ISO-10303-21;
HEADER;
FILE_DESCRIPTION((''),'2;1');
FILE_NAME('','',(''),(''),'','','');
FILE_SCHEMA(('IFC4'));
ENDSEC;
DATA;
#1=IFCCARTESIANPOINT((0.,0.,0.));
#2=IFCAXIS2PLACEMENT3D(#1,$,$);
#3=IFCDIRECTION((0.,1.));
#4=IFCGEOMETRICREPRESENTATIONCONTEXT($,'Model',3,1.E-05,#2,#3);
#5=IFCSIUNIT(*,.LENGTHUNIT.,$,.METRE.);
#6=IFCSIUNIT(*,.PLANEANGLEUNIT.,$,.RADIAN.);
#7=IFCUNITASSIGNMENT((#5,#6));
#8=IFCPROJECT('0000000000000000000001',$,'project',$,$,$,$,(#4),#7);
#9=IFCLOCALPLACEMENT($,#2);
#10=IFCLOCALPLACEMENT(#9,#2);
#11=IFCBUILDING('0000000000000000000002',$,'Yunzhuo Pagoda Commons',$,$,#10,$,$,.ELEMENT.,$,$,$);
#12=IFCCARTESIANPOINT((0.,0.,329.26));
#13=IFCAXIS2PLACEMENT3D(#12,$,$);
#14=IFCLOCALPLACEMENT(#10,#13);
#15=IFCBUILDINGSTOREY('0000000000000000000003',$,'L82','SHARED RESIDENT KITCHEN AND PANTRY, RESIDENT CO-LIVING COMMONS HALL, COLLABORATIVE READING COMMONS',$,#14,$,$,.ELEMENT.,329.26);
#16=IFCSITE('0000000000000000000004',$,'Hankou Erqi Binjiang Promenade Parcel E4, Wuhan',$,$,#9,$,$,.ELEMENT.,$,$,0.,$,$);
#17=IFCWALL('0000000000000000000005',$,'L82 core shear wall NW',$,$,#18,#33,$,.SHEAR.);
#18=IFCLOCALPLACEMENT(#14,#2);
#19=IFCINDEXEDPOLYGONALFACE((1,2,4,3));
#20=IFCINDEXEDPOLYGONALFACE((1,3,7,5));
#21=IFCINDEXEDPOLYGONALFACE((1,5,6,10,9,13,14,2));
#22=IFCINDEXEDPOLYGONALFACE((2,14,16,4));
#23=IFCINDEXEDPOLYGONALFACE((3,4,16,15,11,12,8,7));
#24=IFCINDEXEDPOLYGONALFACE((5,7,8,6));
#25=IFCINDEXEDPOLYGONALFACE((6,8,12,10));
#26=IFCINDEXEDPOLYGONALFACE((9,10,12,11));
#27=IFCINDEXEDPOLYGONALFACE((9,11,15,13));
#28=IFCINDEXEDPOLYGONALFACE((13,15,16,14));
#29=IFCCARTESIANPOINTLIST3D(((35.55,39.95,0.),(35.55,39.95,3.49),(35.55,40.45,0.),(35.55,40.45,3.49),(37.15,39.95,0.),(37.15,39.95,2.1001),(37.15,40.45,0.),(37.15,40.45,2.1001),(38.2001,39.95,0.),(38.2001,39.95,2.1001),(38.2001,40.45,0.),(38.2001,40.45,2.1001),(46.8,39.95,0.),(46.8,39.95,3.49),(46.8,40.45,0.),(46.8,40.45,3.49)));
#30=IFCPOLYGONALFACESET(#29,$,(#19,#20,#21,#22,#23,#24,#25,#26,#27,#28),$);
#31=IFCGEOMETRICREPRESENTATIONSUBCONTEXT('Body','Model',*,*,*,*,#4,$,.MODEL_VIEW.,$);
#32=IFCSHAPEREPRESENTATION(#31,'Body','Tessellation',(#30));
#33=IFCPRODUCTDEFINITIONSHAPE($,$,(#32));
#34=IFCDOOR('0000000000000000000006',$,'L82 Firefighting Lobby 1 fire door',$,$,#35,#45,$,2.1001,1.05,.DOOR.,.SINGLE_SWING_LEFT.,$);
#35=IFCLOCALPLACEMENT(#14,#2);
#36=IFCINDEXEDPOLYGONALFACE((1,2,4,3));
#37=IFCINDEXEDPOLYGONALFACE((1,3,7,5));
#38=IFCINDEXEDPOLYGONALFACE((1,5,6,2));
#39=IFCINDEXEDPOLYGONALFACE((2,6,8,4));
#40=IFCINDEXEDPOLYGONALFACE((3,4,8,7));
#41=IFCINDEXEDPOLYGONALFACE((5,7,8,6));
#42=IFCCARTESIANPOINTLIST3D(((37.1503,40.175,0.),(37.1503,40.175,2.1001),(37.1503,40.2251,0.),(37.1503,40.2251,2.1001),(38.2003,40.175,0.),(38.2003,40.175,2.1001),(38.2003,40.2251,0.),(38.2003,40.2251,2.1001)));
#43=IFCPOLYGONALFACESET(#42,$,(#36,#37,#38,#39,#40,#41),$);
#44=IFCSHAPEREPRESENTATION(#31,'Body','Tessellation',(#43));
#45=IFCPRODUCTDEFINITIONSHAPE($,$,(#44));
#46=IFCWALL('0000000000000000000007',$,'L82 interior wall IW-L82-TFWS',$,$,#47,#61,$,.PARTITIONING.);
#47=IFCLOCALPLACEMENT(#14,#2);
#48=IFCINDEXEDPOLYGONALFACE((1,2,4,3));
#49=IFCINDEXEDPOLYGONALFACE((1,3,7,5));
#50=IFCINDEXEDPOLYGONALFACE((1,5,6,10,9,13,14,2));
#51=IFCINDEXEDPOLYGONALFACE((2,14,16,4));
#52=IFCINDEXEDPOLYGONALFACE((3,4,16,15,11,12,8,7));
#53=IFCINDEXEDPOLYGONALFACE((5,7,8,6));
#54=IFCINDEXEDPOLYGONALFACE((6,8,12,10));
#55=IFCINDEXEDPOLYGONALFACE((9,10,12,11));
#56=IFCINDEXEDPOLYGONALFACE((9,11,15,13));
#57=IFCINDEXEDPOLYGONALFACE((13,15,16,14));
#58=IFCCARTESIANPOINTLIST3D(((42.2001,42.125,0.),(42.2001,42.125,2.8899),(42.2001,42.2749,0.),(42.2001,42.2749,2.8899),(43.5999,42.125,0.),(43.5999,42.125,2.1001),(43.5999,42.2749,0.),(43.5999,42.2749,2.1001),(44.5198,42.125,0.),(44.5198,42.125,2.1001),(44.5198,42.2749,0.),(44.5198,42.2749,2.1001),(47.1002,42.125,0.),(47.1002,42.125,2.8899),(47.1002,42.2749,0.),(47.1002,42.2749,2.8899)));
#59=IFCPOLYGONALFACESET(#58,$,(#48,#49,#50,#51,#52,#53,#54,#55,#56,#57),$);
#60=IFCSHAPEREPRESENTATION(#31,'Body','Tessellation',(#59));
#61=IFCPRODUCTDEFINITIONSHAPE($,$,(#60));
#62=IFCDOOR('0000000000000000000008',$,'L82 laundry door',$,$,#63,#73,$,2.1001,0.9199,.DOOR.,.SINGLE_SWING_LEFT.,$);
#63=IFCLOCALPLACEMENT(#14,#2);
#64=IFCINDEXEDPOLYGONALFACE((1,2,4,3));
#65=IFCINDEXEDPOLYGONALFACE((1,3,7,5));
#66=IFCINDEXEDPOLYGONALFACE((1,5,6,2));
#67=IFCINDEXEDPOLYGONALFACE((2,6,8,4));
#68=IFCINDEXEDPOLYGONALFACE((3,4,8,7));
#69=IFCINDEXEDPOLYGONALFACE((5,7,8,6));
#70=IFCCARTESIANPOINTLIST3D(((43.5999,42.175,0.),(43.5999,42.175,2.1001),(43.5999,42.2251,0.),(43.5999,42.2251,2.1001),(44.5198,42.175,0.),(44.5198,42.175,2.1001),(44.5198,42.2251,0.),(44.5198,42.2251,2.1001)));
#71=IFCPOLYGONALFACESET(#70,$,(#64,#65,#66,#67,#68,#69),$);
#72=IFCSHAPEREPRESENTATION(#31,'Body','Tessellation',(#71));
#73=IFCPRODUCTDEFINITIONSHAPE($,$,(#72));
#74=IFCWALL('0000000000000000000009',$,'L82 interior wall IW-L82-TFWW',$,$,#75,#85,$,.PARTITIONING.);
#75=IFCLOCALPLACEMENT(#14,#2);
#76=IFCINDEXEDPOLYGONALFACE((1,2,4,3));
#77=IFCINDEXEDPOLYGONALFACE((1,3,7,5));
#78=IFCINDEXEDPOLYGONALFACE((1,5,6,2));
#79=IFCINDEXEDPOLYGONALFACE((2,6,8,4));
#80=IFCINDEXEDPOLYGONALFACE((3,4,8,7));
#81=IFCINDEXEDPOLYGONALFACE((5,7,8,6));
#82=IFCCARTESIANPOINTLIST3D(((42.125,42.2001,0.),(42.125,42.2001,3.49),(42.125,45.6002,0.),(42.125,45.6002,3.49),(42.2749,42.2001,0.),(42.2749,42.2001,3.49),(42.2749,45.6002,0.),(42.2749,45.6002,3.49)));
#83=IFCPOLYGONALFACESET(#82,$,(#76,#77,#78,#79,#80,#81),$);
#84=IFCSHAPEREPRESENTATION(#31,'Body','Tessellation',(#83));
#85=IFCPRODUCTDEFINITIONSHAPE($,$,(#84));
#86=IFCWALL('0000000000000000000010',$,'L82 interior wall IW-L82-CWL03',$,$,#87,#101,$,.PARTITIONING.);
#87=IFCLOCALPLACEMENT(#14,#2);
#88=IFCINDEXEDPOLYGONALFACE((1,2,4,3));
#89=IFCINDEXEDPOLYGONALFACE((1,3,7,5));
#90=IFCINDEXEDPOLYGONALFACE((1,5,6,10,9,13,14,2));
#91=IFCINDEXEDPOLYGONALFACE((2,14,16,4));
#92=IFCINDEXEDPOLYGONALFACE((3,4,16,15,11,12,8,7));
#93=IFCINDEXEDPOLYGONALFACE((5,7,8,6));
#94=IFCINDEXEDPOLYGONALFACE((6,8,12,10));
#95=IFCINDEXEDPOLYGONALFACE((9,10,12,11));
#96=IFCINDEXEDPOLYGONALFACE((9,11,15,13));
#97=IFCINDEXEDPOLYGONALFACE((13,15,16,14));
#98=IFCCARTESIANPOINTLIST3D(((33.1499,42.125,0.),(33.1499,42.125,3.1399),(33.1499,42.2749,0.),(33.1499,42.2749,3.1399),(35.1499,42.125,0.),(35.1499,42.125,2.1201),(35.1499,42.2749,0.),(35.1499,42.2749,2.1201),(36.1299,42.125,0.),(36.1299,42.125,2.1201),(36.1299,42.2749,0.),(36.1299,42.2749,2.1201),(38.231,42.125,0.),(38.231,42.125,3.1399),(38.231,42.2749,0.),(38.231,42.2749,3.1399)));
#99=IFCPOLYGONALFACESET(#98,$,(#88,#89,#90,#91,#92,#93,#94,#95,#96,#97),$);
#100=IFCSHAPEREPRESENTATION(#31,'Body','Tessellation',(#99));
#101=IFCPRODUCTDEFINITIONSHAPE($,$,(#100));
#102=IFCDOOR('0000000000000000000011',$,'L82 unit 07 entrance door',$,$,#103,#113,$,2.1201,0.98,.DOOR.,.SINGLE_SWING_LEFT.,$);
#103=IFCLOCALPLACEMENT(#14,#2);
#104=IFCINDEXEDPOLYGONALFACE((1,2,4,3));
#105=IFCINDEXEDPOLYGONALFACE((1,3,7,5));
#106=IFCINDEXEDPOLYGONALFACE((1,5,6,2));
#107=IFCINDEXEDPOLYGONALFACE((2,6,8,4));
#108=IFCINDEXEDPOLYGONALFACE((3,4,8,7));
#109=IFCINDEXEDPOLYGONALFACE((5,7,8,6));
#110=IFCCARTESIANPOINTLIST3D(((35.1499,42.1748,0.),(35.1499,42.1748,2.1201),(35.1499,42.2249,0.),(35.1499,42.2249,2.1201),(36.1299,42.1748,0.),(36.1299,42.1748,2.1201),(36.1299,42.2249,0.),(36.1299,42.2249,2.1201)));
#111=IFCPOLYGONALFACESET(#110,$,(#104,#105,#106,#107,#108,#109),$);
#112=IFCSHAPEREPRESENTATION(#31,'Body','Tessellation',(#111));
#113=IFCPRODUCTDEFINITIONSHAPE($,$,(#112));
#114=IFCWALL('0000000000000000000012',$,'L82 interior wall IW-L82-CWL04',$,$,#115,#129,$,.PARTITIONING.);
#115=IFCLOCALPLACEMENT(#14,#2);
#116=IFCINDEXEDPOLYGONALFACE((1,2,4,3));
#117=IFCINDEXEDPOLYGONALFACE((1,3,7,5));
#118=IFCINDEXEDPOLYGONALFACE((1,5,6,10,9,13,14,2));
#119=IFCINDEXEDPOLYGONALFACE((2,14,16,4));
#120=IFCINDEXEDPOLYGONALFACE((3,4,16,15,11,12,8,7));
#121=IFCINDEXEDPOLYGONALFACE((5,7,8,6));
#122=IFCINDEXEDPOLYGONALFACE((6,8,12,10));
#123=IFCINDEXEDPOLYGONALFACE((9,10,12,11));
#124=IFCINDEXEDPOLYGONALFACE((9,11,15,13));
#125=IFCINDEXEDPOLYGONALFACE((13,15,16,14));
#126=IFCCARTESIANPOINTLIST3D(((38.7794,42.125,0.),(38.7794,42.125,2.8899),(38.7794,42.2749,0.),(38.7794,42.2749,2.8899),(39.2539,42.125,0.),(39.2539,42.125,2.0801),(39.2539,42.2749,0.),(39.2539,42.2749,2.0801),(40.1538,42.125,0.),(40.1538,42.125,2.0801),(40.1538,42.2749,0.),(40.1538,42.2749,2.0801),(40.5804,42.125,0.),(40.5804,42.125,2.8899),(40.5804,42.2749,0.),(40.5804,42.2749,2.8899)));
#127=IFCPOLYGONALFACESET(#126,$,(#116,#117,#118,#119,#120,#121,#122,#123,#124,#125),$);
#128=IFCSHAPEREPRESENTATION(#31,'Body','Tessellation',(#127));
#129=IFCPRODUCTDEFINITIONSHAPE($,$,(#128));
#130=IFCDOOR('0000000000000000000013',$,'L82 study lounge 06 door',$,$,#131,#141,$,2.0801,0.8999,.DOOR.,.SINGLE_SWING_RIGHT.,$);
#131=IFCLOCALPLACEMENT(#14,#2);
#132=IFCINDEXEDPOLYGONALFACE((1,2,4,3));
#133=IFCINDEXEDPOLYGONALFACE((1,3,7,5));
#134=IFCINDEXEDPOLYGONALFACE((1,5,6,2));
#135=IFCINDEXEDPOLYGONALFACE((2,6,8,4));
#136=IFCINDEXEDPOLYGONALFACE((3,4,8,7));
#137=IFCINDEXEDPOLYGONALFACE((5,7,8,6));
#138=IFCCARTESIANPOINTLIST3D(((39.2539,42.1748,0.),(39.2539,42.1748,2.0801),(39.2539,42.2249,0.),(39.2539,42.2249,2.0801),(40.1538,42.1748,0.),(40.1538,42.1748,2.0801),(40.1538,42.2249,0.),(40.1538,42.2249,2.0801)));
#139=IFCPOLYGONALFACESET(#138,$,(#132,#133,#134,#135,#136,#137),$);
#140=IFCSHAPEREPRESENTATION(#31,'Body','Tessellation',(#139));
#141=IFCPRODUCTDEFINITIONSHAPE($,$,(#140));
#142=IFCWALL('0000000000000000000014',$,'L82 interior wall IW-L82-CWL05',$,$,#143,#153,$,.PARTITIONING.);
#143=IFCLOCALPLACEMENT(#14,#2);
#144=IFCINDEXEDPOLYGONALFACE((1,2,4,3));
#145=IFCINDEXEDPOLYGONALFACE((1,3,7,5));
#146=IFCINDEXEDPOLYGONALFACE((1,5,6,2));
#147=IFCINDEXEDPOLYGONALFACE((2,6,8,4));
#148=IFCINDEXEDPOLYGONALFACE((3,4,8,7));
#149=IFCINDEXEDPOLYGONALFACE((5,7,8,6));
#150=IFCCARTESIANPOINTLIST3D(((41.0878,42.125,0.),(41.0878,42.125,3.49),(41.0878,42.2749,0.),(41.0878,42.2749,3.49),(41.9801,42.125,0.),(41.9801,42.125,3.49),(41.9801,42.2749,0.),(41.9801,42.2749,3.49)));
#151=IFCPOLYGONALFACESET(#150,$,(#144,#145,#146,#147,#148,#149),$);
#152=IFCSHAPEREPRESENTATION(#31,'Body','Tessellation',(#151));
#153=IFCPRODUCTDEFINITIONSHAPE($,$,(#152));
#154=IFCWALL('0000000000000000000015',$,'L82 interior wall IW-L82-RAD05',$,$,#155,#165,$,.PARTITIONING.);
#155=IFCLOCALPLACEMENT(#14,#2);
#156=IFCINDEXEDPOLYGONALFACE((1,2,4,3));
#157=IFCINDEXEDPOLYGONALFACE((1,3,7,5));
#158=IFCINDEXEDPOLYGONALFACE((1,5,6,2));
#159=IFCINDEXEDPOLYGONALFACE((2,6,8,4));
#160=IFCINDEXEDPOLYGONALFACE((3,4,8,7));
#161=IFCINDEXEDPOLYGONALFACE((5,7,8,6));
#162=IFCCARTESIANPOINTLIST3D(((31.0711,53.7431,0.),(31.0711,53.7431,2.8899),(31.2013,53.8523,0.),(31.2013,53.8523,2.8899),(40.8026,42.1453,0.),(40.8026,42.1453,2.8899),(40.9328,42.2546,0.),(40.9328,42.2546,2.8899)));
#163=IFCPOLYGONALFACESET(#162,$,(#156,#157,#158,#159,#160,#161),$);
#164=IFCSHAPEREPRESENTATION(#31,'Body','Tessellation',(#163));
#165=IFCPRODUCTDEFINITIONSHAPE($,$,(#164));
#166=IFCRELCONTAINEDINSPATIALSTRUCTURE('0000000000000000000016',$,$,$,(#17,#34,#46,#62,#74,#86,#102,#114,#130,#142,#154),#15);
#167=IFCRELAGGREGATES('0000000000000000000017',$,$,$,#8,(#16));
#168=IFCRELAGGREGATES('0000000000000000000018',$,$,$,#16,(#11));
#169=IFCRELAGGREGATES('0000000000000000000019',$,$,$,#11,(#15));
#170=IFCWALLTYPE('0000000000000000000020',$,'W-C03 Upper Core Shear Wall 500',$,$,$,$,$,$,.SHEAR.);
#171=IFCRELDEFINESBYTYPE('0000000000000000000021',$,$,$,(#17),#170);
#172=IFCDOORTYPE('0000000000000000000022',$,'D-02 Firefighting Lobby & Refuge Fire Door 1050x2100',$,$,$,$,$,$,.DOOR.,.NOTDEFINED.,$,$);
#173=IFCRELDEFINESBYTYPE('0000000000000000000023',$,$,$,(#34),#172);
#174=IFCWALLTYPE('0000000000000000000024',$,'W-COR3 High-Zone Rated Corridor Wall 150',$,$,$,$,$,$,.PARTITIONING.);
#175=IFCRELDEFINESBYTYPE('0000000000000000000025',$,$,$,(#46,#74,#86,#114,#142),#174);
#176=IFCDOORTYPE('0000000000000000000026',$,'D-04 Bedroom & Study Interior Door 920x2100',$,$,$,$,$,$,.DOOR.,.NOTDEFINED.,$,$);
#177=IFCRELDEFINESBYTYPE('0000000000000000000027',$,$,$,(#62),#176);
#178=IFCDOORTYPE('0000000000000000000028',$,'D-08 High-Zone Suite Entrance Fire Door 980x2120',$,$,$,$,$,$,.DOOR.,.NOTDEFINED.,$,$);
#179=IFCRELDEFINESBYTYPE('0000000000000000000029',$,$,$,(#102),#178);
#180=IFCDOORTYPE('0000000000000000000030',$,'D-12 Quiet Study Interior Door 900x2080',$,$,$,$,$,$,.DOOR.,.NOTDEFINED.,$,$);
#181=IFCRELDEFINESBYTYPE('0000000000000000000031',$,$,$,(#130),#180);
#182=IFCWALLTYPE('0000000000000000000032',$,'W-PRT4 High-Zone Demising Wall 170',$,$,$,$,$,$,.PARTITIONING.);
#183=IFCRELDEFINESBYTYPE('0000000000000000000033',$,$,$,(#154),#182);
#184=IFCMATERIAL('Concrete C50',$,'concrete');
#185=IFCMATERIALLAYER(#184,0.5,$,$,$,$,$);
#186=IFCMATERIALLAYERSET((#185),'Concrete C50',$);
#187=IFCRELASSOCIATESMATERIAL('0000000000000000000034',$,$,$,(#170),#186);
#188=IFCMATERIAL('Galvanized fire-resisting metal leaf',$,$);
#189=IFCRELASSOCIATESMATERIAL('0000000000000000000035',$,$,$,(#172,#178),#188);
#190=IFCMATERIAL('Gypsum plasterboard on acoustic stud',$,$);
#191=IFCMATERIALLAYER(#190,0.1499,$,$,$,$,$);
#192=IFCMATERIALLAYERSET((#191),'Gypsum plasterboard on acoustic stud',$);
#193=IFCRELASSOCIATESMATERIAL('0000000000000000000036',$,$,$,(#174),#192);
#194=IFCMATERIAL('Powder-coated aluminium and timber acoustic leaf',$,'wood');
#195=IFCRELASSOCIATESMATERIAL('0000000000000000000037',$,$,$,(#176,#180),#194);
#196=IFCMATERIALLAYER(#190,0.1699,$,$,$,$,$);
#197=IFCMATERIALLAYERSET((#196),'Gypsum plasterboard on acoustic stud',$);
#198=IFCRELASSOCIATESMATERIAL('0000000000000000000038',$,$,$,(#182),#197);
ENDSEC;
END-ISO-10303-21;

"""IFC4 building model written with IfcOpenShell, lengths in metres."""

from ifc_helpers import new_model, si_unit, direction, frame, frame_2d, origin, origin_with_axes, place, context, subcontext, project, spatial, rectangle, extrude, source, transform, mapped, material, layer, layer_set, type_object, element, fill, save


model = new_model("IFC4")

# Units and contexts
model_context = context("Model", 3, precision=1e-05, world=origin(), true_north=direction((0.0, 1.0)))
body_context = subcontext(model_context, "Body", "Model", "MODEL_VIEW")
ifc_project = project(units=[si_unit("LENGTHUNIT", "METRE"), si_unit("PLANEANGLEUNIT", "RADIAN")], contexts=[model_context])

# Site, building, storey
site_placement = place(None, origin())
site = spatial("IfcSite", under=ifc_project, at=site_placement, Name="Hankou Erqi Binjiang Promenade Parcel E4, Wuhan", CompositionType="ELEMENT", RefElevation=0.0)
building_placement = place(site_placement, origin())
building = spatial("IfcBuilding", under=site, at=building_placement, Name="Yunzhuo Pagoda Commons", CompositionType="ELEMENT")
storey_placement = place(building_placement, frame((0.0, 0.0, 329.26)))
storey = spatial("IfcBuildingStorey", under=building, at=storey_placement, Name="L82", Description="SHARED RESIDENT KITCHEN AND PANTRY, RESIDENT CO-LIVING COMMONS HALL, COLLABORATIVE READING COMMONS", CompositionType="ELEMENT", Elevation=329.26)

# Walls, openings, doors
ifc_material_1 = material(Name="Concrete C50", Category="concrete")
ifc_layer_1 = layer(ifc_material_1, 0.5)
ifc_layer_set_1 = layer_set([ifc_layer_1], Name="Concrete C50")
wall_type_1 = type_object("IfcWallType", Name="W-C03 Upper Core Shear Wall 500", PredefinedType="SHEAR", material=ifc_layer_set_1)
wall_1_placement = place(storey_placement, frame((35.55, 40.2, 0.0), z_axis=(0.0, 0.0, 1.0), x_axis=(1.0, 0.0, 0.0)))
wall_1 = element("IfcWall", 1, at=wall_1_placement, inside=storey, type_object=wall_type_1, Name="L82 core shear wall NW", PredefinedType="SHEAR", context=body_context, shape_type="SweptSolid", body=[
    extrude(rectangle(XDim=11.25, YDim=0.5, at=frame_2d((5.625, 0.0))), origin(), (0.0, 0.0, 1.0), 3.49),
])
opening_1_placement = place(wall_1_placement, frame((1.6001, 0.0, 0.0)))
opening_1 = element("IfcOpeningElement", 2, at=opening_1_placement, cuts=wall_1, PredefinedType="OPENING", context=body_context, shape_type="SweptSolid", body=[
    extrude(rectangle(XDim=1.05, YDim=2.1001, at=frame_2d((0.5249, 1.05))), frame((0.0, 0.26, 0.0), z_axis=(0.0, -1.0, 0.0), x_axis=(1.0, 0.0, 0.0)), (0.0, 0.0, 1.0), 0.52),
])
ifc_material_2 = material(Name="Galvanized fire-resisting metal leaf")
door_type_1 = type_object("IfcDoorType", Name="D-02 Firefighting Lobby & Refuge Fire Door 1050x2100", OperationType="NOTDEFINED", PredefinedType="DOOR", material=ifc_material_2)
shared_shape_1 = source(origin(), body_context, "Body", "SweptSolid", [
    extrude(rectangle(XDim=1.05, YDim=2.1001, at=frame_2d((0.5249, 1.05))), frame((0.0, 0.0249, 0.0), z_axis=(0.0, -1.0, 0.0), x_axis=(1.0, 0.0, 0.0)), (0.0, 0.0, 1.0), 0.05),
])
door_1_placement = place(opening_1_placement, frame((1.05, 0.0, 0.0), z_axis=(0.0, 0.0, 1.0), x_axis=(-1.0, 0.0, 0.0)))
door_1 = element("IfcDoor", 3, at=door_1_placement, inside=storey, type_object=door_type_1, Name="L82 Firefighting Lobby 1 fire door", OperationType="SINGLE_SWING_LEFT", OverallHeight=2.1001, OverallWidth=1.05, PredefinedType="DOOR", context=body_context, shape_type="MappedRepresentation", body=[
    mapped(shared_shape_1, transform((0.0, 0.0, 0.0), scale=1.0)),
])
fill(opening_1, door_1)
ifc_material_3 = material(Name="Gypsum plasterboard on acoustic stud")
ifc_layer_2 = layer(ifc_material_3, 0.1499)
ifc_layer_set_2 = layer_set([ifc_layer_2], Name="Gypsum plasterboard on acoustic stud")
wall_type_2 = type_object("IfcWallType", Name="W-COR3 High-Zone Rated Corridor Wall 150", PredefinedType="PARTITIONING", material=ifc_layer_set_2)
wall_2_placement = place(storey_placement, frame((42.2, 42.2, 0.0), z_axis=(0.0, 0.0, 1.0), x_axis=(1.0, 0.0, 0.0)))
wall_2 = element("IfcWall", 4, at=wall_2_placement, inside=storey, type_object=wall_type_2, Name="L82 interior wall IW-L82-TFWS", PredefinedType="PARTITIONING", context=body_context, shape_type="SweptSolid", body=[
    extrude(rectangle(XDim=4.9001, YDim=0.1499, at=frame_2d((2.4502, 0.0))), origin(), (0.0, 0.0, 1.0), 2.8899),
])
opening_2_placement = place(wall_2_placement, frame((1.3999, 0.0, 0.0)))
opening_2 = element("IfcOpeningElement", 5, at=opening_2_placement, cuts=wall_2, PredefinedType="OPENING", context=body_context, shape_type="SweptSolid", body=[
    extrude(rectangle(XDim=0.9199, YDim=2.1001, at=frame_2d((0.46, 1.05))), frame((0.0, 0.085, 0.0), z_axis=(0.0, -1.0, 0.0), x_axis=(1.0, 0.0, 0.0)), (0.0, 0.0, 1.0), 0.1699),
])
ifc_material_4 = material(Name="Powder-coated aluminium and timber acoustic leaf", Category="wood")
door_type_2 = type_object("IfcDoorType", Name="D-04 Bedroom & Study Interior Door 920x2100", OperationType="NOTDEFINED", PredefinedType="DOOR", material=ifc_material_4)
shared_shape_2 = source(origin(), body_context, "Body", "SweptSolid", [
    extrude(rectangle(XDim=0.9199, YDim=2.1001, at=frame_2d((0.46, 1.05))), frame((0.0, 0.0249, 0.0), z_axis=(0.0, -1.0, 0.0), x_axis=(1.0, 0.0, 0.0)), (0.0, 0.0, 1.0), 0.05),
])
door_2_placement = place(opening_2_placement, frame((0.9199, 0.0, 0.0), z_axis=(0.0, 0.0, 1.0), x_axis=(-1.0, 0.0, 0.0)))
door_2 = element("IfcDoor", 6, at=door_2_placement, inside=storey, type_object=door_type_2, Name="L82 laundry door", OperationType="SINGLE_SWING_LEFT", OverallHeight=2.1001, OverallWidth=0.9199, PredefinedType="DOOR", context=body_context, shape_type="MappedRepresentation", body=[
    mapped(shared_shape_2, transform((0.0, 0.0, 0.0), scale=1.0)),
])
fill(opening_2, door_2)

# Wall
wall_3_placement = place(storey_placement, frame((42.2, 42.2, 0.0), z_axis=(0.0, 0.0, 1.0), x_axis=(0.0, 1.0, 0.0)))
element("IfcWall", 7, at=wall_3_placement, inside=storey, type_object=wall_type_2, Name="L82 interior wall IW-L82-TFWW", PredefinedType="PARTITIONING", context=body_context, shape_type="SweptSolid", body=[
    extrude(rectangle(XDim=3.4001, YDim=0.1499, at=frame_2d((1.7002, 0.0))), origin(), (0.0, 0.0, 1.0), 3.49),
])

# Walls, openings, doors
wall_4_placement = place(storey_placement, frame((33.1499, 42.2, 0.0), z_axis=(0.0, 0.0, 1.0), x_axis=(1.0, 0.0, 0.0)))
wall_4 = element("IfcWall", 8, at=wall_4_placement, inside=storey, type_object=wall_type_2, Name="L82 interior wall IW-L82-CWL03", PredefinedType="PARTITIONING", context=body_context, shape_type="SweptSolid", body=[
    extrude(rectangle(XDim=5.0811, YDim=0.1499, at=frame_2d((2.5405, 0.0))), origin(), (0.0, 0.0, 1.0), 3.1399),
])
opening_3_placement = place(wall_4_placement, frame((2.0, 0.0, 0.0)))
opening_3 = element("IfcOpeningElement", 9, at=opening_3_placement, cuts=wall_4, PredefinedType="OPENING", context=body_context, shape_type="SweptSolid", body=[
    extrude(rectangle(XDim=0.98, YDim=2.1201, at=frame_2d((0.49, 1.0601))), frame((0.0, 0.085, 0.0), z_axis=(0.0, -1.0, 0.0), x_axis=(1.0, 0.0, 0.0)), (0.0, 0.0, 1.0), 0.1699),
])
door_type_3 = type_object("IfcDoorType", Name="D-08 High-Zone Suite Entrance Fire Door 980x2120", OperationType="NOTDEFINED", PredefinedType="DOOR", material=ifc_material_2)
shared_shape_3 = source(origin(), body_context, "Body", "SweptSolid", [
    extrude(rectangle(XDim=0.98, YDim=2.1201, at=frame_2d((0.49, 1.0601))), frame((0.0, 0.0249, 0.0), z_axis=(0.0, -1.0, 0.0), x_axis=(1.0, 0.0, 0.0)), (0.0, 0.0, 1.0), 0.05),
])
door_3_placement = place(opening_3_placement, origin_with_axes())
door_3 = element("IfcDoor", 10, at=door_3_placement, inside=storey, type_object=door_type_3, Name="L82 unit 07 entrance door", OperationType="SINGLE_SWING_LEFT", OverallHeight=2.1201, OverallWidth=0.98, PredefinedType="DOOR", context=body_context, shape_type="MappedRepresentation", body=[
    mapped(shared_shape_3, transform((0.0, 0.0, 0.0), scale=1.0)),
])
fill(opening_3, door_3)
wall_5_placement = place(storey_placement, frame((38.7795, 42.2, 0.0), z_axis=(0.0, 0.0, 1.0), x_axis=(1.0, 0.0, 0.0)))
wall_5 = element("IfcWall", 11, at=wall_5_placement, inside=storey, type_object=wall_type_2, Name="L82 interior wall IW-L82-CWL04", PredefinedType="PARTITIONING", context=body_context, shape_type="SweptSolid", body=[
    extrude(rectangle(XDim=1.801, YDim=0.1499, at=frame_2d((0.9004, 0.0))), origin(), (0.0, 0.0, 1.0), 2.8899),
])
opening_4_placement = place(wall_5_placement, frame((0.4744, 0.0, 0.0)))
opening_4 = element("IfcOpeningElement", 12, at=opening_4_placement, cuts=wall_5, PredefinedType="OPENING", context=body_context, shape_type="SweptSolid", body=[
    extrude(rectangle(XDim=0.8999, YDim=2.0801, at=frame_2d((0.45, 1.04))), frame((0.0, 0.085, 0.0), z_axis=(0.0, -1.0, 0.0), x_axis=(1.0, 0.0, 0.0)), (0.0, 0.0, 1.0), 0.1699),
])
door_type_4 = type_object("IfcDoorType", Name="D-12 Quiet Study Interior Door 900x2080", OperationType="NOTDEFINED", PredefinedType="DOOR", material=ifc_material_4)
shared_shape_4 = source(origin(), body_context, "Body", "SweptSolid", [
    extrude(rectangle(XDim=0.8999, YDim=2.0801, at=frame_2d((0.45, 1.04))), frame((0.0, 0.0249, 0.0), z_axis=(0.0, -1.0, 0.0), x_axis=(1.0, 0.0, 0.0)), (0.0, 0.0, 1.0), 0.05),
])
door_4_placement = place(opening_4_placement, origin_with_axes())
door_4 = element("IfcDoor", 13, at=door_4_placement, inside=storey, type_object=door_type_4, Name="L82 study lounge 06 door", OperationType="SINGLE_SWING_RIGHT", OverallHeight=2.0801, OverallWidth=0.8999, PredefinedType="DOOR", context=body_context, shape_type="MappedRepresentation", body=[
    mapped(shared_shape_4, transform((0.0, 0.0, 0.0), scale=1.0)),
])
fill(opening_4, door_4)

# Walls
wall_6_placement = place(storey_placement, frame((41.0876, 42.2, 0.0), z_axis=(0.0, 0.0, 1.0), x_axis=(1.0, 0.0, 0.0)))
element("IfcWall", 14, at=wall_6_placement, inside=storey, type_object=wall_type_2, Name="L82 interior wall IW-L82-CWL05", PredefinedType="PARTITIONING", context=body_context, shape_type="SweptSolid", body=[
    extrude(rectangle(XDim=0.8923, YDim=0.1499, at=frame_2d((0.4463, 0.0))), origin(), (0.0, 0.0, 1.0), 3.49),
])
ifc_layer_3 = layer(ifc_material_3, 0.1699)
ifc_layer_set_3 = layer_set([ifc_layer_3], Name="Gypsum plasterboard on acoustic stud")
wall_type_3 = type_object("IfcWallType", Name="W-PRT4 High-Zone Demising Wall 170", PredefinedType="PARTITIONING", material=ifc_layer_set_3)
wall_7_placement = place(storey_placement, frame((40.8677, 42.2, 0.0), z_axis=(0.0, 0.0, 1.0), x_axis=(-0.642782, 0.766049, 0.0)))
element("IfcWall", 15, at=wall_7_placement, inside=storey, type_object=wall_type_3, Name="L82 interior wall IW-L82-RAD05", PredefinedType="PARTITIONING", context=body_context, shape_type="SweptSolid", body=[
    extrude(rectangle(XDim=15.1396, YDim=0.1699, at=frame_2d((7.5698, 0.0))), origin(), (0.0, 0.0, 1.0), 2.8899),
])

save(model, "model.ifc")
